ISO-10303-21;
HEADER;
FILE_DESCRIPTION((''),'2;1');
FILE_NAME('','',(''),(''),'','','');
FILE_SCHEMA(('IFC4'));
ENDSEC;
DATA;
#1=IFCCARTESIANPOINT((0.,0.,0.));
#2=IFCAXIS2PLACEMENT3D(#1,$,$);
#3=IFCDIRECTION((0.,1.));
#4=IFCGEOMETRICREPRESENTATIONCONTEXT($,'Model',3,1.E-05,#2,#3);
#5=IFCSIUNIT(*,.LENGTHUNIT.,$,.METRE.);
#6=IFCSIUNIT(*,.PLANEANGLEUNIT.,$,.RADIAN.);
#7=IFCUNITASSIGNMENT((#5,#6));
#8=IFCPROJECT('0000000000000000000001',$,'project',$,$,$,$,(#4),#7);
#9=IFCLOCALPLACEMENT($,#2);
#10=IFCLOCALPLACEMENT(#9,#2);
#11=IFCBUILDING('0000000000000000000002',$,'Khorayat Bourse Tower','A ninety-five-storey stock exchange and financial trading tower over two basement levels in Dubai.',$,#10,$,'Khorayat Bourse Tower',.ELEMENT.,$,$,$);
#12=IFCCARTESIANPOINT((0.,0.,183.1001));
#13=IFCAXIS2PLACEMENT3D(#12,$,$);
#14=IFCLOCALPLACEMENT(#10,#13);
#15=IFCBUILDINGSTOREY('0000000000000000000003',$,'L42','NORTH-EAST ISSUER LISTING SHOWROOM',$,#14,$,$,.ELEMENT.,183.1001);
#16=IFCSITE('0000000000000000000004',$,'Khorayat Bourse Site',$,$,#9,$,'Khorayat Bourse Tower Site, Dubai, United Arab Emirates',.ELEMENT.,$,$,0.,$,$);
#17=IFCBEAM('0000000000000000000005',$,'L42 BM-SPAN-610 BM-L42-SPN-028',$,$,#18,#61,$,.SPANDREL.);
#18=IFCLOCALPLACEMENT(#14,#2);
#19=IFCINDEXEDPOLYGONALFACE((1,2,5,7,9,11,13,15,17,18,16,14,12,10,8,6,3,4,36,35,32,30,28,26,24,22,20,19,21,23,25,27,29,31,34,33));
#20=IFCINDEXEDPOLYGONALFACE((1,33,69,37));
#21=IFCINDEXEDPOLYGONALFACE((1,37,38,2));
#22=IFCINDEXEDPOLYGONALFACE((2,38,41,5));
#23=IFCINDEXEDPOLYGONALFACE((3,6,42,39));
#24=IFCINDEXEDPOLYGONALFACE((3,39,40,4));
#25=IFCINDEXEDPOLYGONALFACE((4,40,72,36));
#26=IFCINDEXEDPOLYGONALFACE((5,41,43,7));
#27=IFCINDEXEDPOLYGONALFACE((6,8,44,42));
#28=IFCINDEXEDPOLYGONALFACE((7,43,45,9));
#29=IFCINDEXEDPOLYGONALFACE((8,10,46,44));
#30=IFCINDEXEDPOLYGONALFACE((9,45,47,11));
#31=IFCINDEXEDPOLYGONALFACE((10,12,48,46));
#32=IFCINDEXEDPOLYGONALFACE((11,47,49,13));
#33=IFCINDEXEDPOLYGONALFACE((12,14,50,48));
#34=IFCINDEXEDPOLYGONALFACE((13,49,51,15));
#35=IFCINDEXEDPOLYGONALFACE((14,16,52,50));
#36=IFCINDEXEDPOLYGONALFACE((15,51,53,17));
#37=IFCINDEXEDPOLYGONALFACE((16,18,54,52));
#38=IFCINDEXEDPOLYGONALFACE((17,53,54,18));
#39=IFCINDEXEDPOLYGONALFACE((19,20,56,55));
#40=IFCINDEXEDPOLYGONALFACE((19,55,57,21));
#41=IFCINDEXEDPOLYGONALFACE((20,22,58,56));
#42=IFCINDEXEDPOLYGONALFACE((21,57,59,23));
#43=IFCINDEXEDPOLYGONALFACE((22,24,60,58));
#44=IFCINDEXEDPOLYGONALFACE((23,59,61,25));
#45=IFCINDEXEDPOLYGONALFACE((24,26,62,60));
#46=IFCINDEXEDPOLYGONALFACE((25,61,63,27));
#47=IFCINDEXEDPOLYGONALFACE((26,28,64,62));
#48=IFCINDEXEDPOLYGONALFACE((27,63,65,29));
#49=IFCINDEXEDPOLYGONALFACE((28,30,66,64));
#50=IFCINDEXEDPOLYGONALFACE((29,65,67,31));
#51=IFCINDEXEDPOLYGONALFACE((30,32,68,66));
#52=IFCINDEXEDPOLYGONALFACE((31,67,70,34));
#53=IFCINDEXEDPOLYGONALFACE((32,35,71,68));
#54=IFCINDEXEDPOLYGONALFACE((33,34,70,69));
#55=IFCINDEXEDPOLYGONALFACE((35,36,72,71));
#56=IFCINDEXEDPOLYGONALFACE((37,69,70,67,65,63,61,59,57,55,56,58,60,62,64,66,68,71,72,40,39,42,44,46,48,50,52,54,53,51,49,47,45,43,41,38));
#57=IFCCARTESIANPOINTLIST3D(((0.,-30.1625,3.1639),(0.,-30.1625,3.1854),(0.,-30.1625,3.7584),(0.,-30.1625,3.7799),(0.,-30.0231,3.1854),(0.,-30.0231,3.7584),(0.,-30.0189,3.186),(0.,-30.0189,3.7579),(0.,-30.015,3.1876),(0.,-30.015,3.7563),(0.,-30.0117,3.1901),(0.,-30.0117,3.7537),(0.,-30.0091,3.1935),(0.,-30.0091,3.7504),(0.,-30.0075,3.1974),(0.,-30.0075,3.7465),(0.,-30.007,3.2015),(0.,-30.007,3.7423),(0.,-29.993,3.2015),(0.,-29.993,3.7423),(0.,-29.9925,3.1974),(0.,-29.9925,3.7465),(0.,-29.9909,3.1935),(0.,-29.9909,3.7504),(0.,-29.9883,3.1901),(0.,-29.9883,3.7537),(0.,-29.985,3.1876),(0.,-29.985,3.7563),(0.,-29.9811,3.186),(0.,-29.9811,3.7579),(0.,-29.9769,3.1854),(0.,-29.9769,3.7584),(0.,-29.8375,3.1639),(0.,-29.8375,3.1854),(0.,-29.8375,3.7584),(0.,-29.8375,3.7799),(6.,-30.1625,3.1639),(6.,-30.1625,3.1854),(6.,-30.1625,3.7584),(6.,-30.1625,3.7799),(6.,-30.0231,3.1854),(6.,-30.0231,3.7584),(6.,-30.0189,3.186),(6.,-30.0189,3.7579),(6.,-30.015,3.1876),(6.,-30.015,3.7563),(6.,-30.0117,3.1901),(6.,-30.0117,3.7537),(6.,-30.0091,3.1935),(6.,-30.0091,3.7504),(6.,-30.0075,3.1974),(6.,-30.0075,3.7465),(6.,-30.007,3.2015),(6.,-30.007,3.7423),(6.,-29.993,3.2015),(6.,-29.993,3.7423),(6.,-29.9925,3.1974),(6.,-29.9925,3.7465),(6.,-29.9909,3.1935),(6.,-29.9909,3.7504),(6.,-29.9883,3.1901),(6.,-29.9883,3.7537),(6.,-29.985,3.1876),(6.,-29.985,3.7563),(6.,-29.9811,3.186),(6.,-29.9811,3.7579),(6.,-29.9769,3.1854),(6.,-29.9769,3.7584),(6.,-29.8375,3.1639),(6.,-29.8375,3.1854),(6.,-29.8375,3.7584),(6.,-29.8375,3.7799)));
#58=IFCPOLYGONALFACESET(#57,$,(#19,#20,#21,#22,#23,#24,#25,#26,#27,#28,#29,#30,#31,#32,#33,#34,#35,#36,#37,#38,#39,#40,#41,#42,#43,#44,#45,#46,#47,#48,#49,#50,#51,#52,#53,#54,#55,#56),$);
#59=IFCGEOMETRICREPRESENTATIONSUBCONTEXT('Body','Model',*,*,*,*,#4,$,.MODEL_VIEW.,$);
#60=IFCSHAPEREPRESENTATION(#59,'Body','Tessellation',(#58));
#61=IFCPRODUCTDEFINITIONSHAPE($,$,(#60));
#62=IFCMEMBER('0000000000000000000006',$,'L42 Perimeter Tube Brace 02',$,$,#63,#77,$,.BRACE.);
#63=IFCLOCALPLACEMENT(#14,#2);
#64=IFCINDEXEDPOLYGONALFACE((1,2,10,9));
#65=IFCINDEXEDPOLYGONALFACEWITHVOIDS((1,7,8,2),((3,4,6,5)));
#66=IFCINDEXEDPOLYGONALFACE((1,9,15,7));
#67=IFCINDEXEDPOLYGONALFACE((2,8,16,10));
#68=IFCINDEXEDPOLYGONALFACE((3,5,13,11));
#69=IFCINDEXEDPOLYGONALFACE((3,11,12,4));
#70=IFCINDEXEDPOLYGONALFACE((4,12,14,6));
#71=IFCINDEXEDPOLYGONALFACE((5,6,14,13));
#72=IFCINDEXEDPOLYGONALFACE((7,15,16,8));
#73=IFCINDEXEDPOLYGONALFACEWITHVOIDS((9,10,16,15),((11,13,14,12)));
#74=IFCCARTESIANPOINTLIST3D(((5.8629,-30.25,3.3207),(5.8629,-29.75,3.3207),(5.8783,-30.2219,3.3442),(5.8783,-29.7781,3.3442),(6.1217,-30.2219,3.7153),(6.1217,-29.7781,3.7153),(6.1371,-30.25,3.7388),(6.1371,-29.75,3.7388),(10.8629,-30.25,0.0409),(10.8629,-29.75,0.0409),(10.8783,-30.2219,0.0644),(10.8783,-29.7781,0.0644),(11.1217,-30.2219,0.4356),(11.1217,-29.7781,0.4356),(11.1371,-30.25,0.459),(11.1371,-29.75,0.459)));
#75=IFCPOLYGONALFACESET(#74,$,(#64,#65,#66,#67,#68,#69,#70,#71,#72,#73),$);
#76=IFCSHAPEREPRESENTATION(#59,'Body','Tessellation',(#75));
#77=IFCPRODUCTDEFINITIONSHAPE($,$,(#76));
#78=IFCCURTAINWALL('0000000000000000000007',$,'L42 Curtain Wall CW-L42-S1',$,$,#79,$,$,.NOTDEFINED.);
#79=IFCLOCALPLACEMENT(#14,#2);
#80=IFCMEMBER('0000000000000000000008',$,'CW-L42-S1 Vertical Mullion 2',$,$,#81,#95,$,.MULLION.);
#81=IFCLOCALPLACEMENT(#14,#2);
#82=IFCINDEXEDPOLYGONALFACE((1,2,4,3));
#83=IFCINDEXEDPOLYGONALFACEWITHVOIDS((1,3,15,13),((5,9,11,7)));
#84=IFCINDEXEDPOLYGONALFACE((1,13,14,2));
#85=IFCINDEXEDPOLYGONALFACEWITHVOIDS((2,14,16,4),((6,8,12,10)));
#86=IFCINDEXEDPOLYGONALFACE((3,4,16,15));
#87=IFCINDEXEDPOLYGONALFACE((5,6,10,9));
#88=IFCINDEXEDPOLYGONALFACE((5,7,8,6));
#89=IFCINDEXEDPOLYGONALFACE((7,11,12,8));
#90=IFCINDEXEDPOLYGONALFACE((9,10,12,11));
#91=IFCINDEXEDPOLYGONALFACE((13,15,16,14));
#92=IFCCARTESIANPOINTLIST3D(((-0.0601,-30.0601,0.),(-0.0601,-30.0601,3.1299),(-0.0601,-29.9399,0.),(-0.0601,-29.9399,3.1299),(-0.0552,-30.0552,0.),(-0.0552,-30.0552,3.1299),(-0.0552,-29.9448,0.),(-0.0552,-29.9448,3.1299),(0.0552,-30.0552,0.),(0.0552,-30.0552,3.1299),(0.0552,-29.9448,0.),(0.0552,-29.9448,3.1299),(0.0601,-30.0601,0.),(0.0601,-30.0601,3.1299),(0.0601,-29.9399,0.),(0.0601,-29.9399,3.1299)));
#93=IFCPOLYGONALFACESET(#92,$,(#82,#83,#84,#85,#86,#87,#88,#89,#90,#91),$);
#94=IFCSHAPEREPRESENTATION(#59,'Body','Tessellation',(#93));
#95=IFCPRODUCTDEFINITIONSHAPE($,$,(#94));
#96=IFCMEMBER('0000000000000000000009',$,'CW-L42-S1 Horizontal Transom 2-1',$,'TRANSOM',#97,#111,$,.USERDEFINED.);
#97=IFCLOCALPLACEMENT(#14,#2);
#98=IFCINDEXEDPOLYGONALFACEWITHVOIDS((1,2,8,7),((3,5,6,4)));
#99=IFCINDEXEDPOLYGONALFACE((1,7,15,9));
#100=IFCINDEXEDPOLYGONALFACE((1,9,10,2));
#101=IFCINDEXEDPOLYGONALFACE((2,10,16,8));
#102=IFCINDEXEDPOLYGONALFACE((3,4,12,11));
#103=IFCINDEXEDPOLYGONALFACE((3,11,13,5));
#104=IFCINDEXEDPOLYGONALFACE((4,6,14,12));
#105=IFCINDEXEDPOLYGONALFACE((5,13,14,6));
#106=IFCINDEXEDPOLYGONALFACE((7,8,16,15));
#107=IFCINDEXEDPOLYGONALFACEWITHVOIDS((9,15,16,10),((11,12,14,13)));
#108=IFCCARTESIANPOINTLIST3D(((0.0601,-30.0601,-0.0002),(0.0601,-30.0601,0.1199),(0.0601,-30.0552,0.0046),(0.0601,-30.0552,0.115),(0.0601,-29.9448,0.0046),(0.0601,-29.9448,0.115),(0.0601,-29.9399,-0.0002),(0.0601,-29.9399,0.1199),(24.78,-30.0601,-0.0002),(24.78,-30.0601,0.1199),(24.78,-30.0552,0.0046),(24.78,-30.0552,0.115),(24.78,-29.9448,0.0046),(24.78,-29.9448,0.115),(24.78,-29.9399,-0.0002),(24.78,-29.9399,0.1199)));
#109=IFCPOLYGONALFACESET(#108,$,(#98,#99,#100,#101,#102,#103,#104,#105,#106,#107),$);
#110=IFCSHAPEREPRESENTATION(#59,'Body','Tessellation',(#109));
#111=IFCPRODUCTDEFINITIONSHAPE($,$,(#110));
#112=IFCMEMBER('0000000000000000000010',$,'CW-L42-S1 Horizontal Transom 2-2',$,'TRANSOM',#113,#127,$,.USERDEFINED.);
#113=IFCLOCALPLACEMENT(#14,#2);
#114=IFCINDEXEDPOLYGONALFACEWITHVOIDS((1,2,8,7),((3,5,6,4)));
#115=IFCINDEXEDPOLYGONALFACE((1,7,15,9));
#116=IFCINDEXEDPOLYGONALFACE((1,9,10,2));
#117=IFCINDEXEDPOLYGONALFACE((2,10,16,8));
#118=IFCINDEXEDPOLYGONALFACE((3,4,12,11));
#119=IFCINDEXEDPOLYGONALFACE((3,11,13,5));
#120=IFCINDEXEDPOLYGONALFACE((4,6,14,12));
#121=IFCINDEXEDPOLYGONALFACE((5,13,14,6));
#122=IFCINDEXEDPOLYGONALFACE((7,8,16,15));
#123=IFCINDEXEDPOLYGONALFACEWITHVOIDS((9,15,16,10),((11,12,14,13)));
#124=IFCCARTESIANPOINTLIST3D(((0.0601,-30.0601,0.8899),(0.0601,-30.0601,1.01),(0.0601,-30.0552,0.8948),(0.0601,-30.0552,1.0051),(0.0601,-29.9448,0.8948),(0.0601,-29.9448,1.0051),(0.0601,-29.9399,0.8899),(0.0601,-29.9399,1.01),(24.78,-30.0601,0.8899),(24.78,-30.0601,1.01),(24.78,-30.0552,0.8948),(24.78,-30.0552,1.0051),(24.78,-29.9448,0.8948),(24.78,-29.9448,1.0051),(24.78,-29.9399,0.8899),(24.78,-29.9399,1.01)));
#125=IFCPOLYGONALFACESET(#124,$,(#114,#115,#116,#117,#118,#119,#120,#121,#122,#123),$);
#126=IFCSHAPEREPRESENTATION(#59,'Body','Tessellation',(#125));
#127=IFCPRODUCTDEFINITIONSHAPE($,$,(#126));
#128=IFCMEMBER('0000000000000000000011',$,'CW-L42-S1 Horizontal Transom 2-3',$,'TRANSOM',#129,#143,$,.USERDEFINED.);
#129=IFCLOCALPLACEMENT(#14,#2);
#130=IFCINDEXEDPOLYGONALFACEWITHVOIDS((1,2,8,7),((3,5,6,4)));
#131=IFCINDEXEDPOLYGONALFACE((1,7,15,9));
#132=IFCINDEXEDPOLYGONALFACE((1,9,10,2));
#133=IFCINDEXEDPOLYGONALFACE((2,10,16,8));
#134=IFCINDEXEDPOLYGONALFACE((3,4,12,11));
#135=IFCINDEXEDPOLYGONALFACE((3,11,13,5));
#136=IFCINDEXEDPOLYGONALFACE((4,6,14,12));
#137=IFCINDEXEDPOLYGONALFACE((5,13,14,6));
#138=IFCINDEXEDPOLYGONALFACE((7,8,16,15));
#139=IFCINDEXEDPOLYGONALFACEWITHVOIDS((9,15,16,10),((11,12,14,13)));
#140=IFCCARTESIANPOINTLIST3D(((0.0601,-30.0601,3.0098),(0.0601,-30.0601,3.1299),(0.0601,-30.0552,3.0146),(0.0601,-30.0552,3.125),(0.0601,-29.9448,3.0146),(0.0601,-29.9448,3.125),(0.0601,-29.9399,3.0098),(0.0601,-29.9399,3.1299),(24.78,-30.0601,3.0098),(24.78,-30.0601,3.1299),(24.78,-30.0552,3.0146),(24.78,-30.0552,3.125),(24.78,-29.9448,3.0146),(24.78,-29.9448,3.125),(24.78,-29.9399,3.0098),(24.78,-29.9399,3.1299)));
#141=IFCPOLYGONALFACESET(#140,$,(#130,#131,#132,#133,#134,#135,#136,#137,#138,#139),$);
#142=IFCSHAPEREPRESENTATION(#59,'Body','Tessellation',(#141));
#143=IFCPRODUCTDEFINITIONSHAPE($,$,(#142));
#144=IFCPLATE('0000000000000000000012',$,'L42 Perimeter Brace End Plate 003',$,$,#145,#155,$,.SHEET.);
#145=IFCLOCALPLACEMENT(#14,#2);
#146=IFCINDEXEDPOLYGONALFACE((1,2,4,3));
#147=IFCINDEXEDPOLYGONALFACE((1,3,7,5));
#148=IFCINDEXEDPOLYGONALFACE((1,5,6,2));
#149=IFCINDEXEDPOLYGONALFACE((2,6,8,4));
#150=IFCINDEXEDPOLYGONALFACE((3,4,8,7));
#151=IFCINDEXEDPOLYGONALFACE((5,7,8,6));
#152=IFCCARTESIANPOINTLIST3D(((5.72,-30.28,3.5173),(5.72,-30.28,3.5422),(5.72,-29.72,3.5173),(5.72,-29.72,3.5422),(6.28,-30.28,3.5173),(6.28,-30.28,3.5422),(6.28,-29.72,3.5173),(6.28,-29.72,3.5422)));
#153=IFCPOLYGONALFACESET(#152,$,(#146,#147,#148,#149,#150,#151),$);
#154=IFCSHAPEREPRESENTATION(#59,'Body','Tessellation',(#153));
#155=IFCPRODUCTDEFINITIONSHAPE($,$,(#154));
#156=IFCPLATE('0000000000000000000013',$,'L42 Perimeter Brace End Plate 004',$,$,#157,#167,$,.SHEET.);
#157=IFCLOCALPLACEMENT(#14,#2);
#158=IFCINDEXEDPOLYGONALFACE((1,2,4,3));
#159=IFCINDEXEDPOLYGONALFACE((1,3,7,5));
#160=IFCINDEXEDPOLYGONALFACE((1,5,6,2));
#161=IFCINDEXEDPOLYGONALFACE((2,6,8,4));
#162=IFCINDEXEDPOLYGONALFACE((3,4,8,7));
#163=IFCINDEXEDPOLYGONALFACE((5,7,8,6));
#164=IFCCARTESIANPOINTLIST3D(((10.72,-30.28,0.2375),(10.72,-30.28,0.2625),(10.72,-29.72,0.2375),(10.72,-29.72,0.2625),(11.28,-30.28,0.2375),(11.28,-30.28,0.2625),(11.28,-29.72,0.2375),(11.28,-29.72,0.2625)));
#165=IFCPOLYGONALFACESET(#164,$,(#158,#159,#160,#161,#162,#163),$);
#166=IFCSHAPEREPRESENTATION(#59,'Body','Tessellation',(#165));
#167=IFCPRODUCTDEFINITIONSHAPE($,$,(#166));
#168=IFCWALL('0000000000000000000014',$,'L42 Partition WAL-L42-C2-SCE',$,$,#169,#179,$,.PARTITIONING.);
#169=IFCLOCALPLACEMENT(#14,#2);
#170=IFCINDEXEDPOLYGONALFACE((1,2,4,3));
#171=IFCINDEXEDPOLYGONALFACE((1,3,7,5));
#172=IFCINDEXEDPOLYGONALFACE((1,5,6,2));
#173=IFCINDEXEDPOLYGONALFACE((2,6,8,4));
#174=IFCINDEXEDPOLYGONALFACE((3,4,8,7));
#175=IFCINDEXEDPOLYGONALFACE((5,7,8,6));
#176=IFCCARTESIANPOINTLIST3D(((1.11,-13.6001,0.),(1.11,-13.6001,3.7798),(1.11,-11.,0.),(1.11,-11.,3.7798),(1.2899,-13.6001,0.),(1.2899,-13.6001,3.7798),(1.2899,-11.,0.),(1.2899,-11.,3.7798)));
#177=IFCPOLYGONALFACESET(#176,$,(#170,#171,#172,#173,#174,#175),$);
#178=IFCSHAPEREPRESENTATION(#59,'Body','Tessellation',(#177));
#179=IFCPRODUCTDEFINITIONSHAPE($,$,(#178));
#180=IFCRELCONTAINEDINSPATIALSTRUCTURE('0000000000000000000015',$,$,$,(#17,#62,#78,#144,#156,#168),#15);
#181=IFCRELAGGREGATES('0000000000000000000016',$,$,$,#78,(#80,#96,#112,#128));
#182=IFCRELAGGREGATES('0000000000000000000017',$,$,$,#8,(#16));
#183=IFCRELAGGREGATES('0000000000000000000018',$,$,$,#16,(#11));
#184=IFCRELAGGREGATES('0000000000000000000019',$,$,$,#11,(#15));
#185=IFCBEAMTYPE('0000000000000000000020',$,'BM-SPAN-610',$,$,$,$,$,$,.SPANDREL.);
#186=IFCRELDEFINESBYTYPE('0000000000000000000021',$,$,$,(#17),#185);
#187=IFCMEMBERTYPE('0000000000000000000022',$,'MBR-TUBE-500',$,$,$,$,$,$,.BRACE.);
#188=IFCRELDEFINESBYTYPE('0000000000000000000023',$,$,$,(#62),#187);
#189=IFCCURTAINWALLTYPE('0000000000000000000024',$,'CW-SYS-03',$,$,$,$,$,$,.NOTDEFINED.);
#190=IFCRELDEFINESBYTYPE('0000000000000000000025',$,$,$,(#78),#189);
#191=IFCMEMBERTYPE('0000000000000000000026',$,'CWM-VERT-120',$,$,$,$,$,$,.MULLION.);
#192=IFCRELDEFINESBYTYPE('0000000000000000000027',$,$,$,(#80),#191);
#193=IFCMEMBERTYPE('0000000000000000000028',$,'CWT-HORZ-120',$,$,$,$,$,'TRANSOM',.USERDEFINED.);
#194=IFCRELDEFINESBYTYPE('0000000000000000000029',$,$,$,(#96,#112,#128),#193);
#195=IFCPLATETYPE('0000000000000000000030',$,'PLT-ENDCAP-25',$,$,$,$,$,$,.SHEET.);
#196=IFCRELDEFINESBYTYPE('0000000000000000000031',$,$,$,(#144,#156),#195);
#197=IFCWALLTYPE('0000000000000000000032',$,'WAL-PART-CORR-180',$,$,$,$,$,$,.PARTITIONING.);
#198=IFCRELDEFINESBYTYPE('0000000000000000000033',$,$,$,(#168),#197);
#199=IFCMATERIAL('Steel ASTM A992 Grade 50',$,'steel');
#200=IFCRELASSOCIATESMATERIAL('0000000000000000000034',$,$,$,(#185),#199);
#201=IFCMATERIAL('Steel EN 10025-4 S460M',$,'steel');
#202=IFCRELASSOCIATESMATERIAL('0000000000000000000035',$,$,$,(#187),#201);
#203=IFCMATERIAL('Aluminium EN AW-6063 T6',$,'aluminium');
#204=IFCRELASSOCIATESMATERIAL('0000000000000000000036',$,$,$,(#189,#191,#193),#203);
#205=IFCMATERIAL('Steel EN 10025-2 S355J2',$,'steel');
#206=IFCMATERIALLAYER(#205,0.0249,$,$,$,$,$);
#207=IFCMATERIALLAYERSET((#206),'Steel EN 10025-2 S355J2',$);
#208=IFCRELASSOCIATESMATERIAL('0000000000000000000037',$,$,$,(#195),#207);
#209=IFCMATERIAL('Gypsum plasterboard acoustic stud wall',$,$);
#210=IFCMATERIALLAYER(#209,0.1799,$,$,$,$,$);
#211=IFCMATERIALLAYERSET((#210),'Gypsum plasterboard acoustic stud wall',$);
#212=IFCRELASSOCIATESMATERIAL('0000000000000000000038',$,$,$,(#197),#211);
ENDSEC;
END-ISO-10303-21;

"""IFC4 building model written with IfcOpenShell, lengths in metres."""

from ifc_helpers import new_model, si_unit, direction, frame, frame_2d, origin, origin_2d, place, context, subcontext, project, spatial, rectangle, hollow_rectangle, i_section, extrude, source, transform, mapped, material, layer, layer_set, material_profile, profile_set, type_object, element, aggregate, save


model = new_model("IFC4")

# Units and contexts
model_context = context("Model", 3, precision=1e-05, world=origin(), true_north=direction((0.0, 1.0)))
body_context = subcontext(model_context, "Body", "Model", "MODEL_VIEW")
ifc_project = project(units=[si_unit("LENGTHUNIT", "METRE"), si_unit("PLANEANGLEUNIT", "RADIAN")], contexts=[model_context])

# Site, building, storey
site_placement = place(None, origin())
site = spatial("IfcSite", under=ifc_project, at=site_placement, Name="Khorayat Bourse Site", LongName="Khorayat Bourse Tower Site, Dubai, United Arab Emirates", CompositionType="ELEMENT", RefElevation=0.0)
building_placement = place(site_placement, origin())
building = spatial("IfcBuilding", under=site, at=building_placement, Name="Khorayat Bourse Tower", Description="A ninety-five-storey stock exchange and financial trading tower over two basement levels in Dubai.", LongName="Khorayat Bourse Tower", CompositionType="ELEMENT")
storey_placement = place(building_placement, frame((0.0, 0.0, 183.1001)))
storey = spatial("IfcBuildingStorey", under=building, at=storey_placement, Name="L42", Description="NORTH-EAST ISSUER LISTING SHOWROOM", CompositionType="ELEMENT", Elevation=183.1001)

# Shared definitions
ifc_material_1 = material(Name="Steel EN 10025-4 S460M", Category="steel")

# Beam
ifc_material_2 = material(Name="Steel ASTM A992 Grade 50", Category="steel")
ifc_material_profile_1 = material_profile(ifc_material_2, i_section(OverallWidth=0.325, OverallDepth=0.616, WebThickness=0.0139, FlangeThickness=0.0215, FilletRadius=0.0161, at=origin_2d()), Name="W610X174")
ifc_profile_set_1 = profile_set([ifc_material_profile_1], Name="Steel ASTM A992 Grade 50")
beam_type_1 = type_object("IfcBeamType", Name="BM-SPAN-610", PredefinedType="SPANDREL", material=ifc_profile_set_1)
shared_shape_1 = source(origin(), body_context, "Body", "SweptSolid", [
    extrude(i_section(OverallWidth=0.325, OverallDepth=0.616, WebThickness=0.0139, FlangeThickness=0.0215, FilletRadius=0.0161, at=origin_2d()), origin(), (0.0, 0.0, 1.0), 6.0),
])
beam_1_placement = place(storey_placement, frame((0.0, -30.0, 3.4719), z_axis=(1.0, 0.0, 0.0), x_axis=(0.0, 1.0, 0.0)))
element("IfcBeam", 1, at=beam_1_placement, inside=storey, type_object=beam_type_1, Name="L42 BM-SPAN-610 BM-L42-SPN-028", PredefinedType="SPANDREL", context=body_context, shape_type="MappedRepresentation", body=[
    mapped(shared_shape_1, transform((0.0, 0.0, 0.0), scale=1.0)),
])

# Member
ifc_material_profile_2 = material_profile(ifc_material_1, hollow_rectangle(XDim=0.5, YDim=0.5, WallThickness=0.0281, at=origin_2d()), Name="HSS 500x500x28")
ifc_profile_set_2 = profile_set([ifc_material_profile_2], Name="Steel EN 10025-4 S460M")
member_type_1 = type_object("IfcMemberType", Name="MBR-TUBE-500", PredefinedType="BRACE", material=ifc_profile_set_2)
shared_shape_2 = source(origin(), body_context, "Body", "SweptSolid", [
    extrude(hollow_rectangle(XDim=0.5, YDim=0.5, WallThickness=0.0281, at=origin_2d()), origin(), (0.0, 0.0, 1.0), 5.9797),
])
member_1_placement = place(storey_placement, frame((6.0, -30.0, 3.5298), z_axis=(0.83616, 0.0, -0.548485), x_axis=(0.0, 1.0, 0.0)))
element("IfcMember", 2, at=member_1_placement, inside=storey, type_object=member_type_1, Name="L42 Perimeter Tube Brace 02", PredefinedType="BRACE", context=body_context, shape_type="MappedRepresentation", body=[
    mapped(shared_shape_2, transform((0.0, 0.0, 0.0), scale=1.0)),
])

# Curtain wall, members
ifc_material_3 = material(Name="Aluminium EN AW-6063 T6", Category="aluminium")
curtain_wall_type = type_object("IfcCurtainWallType", Name="CW-SYS-03", PredefinedType="NOTDEFINED", material=ifc_material_3)
curtain_wall_placement = place(storey_placement, origin())
curtain_wall = element("IfcCurtainWall", 3, at=curtain_wall_placement, inside=storey, type_object=curtain_wall_type, Name="L42 Curtain Wall CW-L42-S1", PredefinedType="NOTDEFINED")
ifc_material_profile_3 = material_profile(ifc_material_3, hollow_rectangle(XDim=0.1201, YDim=0.1201, WallThickness=0.0049, at=origin_2d()), Name="ALU 120x120x5")
ifc_profile_set_3 = profile_set([ifc_material_profile_3], Name="Aluminium EN AW-6063 T6")
member_type_2 = type_object("IfcMemberType", Name="CWM-VERT-120", PredefinedType="MULLION", material=ifc_profile_set_3)
shared_shape_3 = source(origin(), body_context, "Body", "SweptSolid", [
    extrude(hollow_rectangle(XDim=0.1201, YDim=0.1201, WallThickness=0.0049, at=origin_2d()), origin(), (0.0, 0.0, 1.0), 3.1299),
])
member_2_placement = place(storey_placement, frame((0.0, -30.0, 0.0), z_axis=(0.0, 0.0, 1.0), x_axis=(0.0, 1.0, 0.0)))
member_2 = element("IfcMember", 4, at=member_2_placement, type_object=member_type_2, Name="CW-L42-S1 Vertical Mullion 2", PredefinedType="MULLION", context=body_context, shape_type="MappedRepresentation", body=[
    mapped(shared_shape_3, transform((0.0, 0.0, 0.0), scale=1.0)),
])
ifc_material_profile_4 = material_profile(ifc_material_3, hollow_rectangle(XDim=0.1201, YDim=0.1201, WallThickness=0.0049, at=origin_2d()), Name="ALU 120x120x5")
ifc_profile_set_4 = profile_set([ifc_material_profile_4], Name="Aluminium EN AW-6063 T6")
member_type_3 = type_object("IfcMemberType", Name="CWT-HORZ-120", ElementType="TRANSOM", PredefinedType="USERDEFINED", material=ifc_profile_set_4)
shared_shape_4 = source(origin(), body_context, "Body", "SweptSolid", [
    extrude(hollow_rectangle(XDim=0.1201, YDim=0.1201, WallThickness=0.0049, at=origin_2d()), origin(), (0.0, 0.0, 1.0), 24.72),
])
member_3_placement = place(storey_placement, frame((0.0601, -30.0, 0.0598), z_axis=(1.0, 0.0, 0.0), x_axis=(0.0, 1.0, 0.0)))
member_3 = element("IfcMember", 5, at=member_3_placement, type_object=member_type_3, Name="CW-L42-S1 Horizontal Transom 2-1", ObjectType="TRANSOM", PredefinedType="USERDEFINED", context=body_context, shape_type="MappedRepresentation", body=[
    mapped(shared_shape_4, transform((0.0, 0.0, 0.0), scale=1.0)),
])
member_4_placement = place(storey_placement, frame((0.0601, -30.0, 0.95), z_axis=(1.0, 0.0, 0.0), x_axis=(0.0, 1.0, 0.0)))
member_4 = element("IfcMember", 6, at=member_4_placement, type_object=member_type_3, Name="CW-L42-S1 Horizontal Transom 2-2", ObjectType="TRANSOM", PredefinedType="USERDEFINED", context=body_context, shape_type="MappedRepresentation", body=[
    mapped(shared_shape_4, transform((0.0, 0.0, 0.0), scale=1.0)),
])
member_5_placement = place(storey_placement, frame((0.0601, -30.0, 3.0698), z_axis=(1.0, 0.0, 0.0), x_axis=(0.0, 1.0, 0.0)))
member_5 = element("IfcMember", 7, at=member_5_placement, type_object=member_type_3, Name="CW-L42-S1 Horizontal Transom 2-3", ObjectType="TRANSOM", PredefinedType="USERDEFINED", context=body_context, shape_type="MappedRepresentation", body=[
    mapped(shared_shape_4, transform((0.0, 0.0, 0.0), scale=1.0)),
])
aggregate(curtain_wall, [member_2, member_3, member_4, member_5])

# Plates
ifc_material_4 = material(Name="Steel EN 10025-2 S355J2", Category="steel")
ifc_layer_1 = layer(ifc_material_4, 0.0249)
ifc_layer_set_1 = layer_set([ifc_layer_1], Name="Steel EN 10025-2 S355J2")
plate_type = type_object("IfcPlateType", Name="PLT-ENDCAP-25", PredefinedType="SHEET", material=ifc_layer_set_1)
shared_shape_5 = source(origin(), body_context, "Body", "SweptSolid", [
    extrude(rectangle(XDim=0.5601, YDim=0.5601, at=origin_2d()), origin(), (0.0, 0.0, 1.0), 0.0249),
])
for number, where, z_axis, x_axis, name in (
    (8, (6.0, -30.0, 3.5173), (0.0, 0.0, 1.0), (1.0, 0.0, 0.0), "L42 Perimeter Brace End Plate 003"),
    (9, (11.0, -30.0, 0.2375), (0.0, 0.0, 1.0), (1.0, 0.0, 0.0), "L42 Perimeter Brace End Plate 004"),
):
    element("IfcPlate", number, at=place(storey_placement, frame(where, z_axis=z_axis, x_axis=x_axis)), inside=storey, type_object=plate_type, Name=name, PredefinedType="SHEET", context=body_context, shape_type="MappedRepresentation", body=[
        mapped(shared_shape_5, transform((0.0, 0.0, 0.0), scale=1.0)),
    ])

# Wall
ifc_material_5 = material(Name="Gypsum plasterboard acoustic stud wall")
ifc_layer_2 = layer(ifc_material_5, 0.1799)
ifc_layer_set_2 = layer_set([ifc_layer_2], Name="Gypsum plasterboard acoustic stud wall")
wall_type_1 = type_object("IfcWallType", Name="WAL-PART-CORR-180", PredefinedType="PARTITIONING", material=ifc_layer_set_2)
shared_shape_6 = source(origin(), body_context, "Body", "SweptSolid", [
    extrude(rectangle(XDim=2.6001, YDim=0.1799, at=frame_2d((1.3, 0.0))), origin(), (0.0, 0.0, 1.0), 3.7798),
])
wall_1_placement = place(storey_placement, frame((1.2, -13.6001, 0.0), z_axis=(0.0, 0.0, 1.0), x_axis=(0.0, 1.0, 0.0)))
element("IfcWall", 10, at=wall_1_placement, inside=storey, type_object=wall_type_1, Name="L42 Partition WAL-L42-C2-SCE", PredefinedType="PARTITIONING", context=body_context, shape_type="MappedRepresentation", body=[
    mapped(shared_shape_6, transform((0.0, 0.0, 0.0), scale=1.0)),
])

save(model, "model.ifc")
